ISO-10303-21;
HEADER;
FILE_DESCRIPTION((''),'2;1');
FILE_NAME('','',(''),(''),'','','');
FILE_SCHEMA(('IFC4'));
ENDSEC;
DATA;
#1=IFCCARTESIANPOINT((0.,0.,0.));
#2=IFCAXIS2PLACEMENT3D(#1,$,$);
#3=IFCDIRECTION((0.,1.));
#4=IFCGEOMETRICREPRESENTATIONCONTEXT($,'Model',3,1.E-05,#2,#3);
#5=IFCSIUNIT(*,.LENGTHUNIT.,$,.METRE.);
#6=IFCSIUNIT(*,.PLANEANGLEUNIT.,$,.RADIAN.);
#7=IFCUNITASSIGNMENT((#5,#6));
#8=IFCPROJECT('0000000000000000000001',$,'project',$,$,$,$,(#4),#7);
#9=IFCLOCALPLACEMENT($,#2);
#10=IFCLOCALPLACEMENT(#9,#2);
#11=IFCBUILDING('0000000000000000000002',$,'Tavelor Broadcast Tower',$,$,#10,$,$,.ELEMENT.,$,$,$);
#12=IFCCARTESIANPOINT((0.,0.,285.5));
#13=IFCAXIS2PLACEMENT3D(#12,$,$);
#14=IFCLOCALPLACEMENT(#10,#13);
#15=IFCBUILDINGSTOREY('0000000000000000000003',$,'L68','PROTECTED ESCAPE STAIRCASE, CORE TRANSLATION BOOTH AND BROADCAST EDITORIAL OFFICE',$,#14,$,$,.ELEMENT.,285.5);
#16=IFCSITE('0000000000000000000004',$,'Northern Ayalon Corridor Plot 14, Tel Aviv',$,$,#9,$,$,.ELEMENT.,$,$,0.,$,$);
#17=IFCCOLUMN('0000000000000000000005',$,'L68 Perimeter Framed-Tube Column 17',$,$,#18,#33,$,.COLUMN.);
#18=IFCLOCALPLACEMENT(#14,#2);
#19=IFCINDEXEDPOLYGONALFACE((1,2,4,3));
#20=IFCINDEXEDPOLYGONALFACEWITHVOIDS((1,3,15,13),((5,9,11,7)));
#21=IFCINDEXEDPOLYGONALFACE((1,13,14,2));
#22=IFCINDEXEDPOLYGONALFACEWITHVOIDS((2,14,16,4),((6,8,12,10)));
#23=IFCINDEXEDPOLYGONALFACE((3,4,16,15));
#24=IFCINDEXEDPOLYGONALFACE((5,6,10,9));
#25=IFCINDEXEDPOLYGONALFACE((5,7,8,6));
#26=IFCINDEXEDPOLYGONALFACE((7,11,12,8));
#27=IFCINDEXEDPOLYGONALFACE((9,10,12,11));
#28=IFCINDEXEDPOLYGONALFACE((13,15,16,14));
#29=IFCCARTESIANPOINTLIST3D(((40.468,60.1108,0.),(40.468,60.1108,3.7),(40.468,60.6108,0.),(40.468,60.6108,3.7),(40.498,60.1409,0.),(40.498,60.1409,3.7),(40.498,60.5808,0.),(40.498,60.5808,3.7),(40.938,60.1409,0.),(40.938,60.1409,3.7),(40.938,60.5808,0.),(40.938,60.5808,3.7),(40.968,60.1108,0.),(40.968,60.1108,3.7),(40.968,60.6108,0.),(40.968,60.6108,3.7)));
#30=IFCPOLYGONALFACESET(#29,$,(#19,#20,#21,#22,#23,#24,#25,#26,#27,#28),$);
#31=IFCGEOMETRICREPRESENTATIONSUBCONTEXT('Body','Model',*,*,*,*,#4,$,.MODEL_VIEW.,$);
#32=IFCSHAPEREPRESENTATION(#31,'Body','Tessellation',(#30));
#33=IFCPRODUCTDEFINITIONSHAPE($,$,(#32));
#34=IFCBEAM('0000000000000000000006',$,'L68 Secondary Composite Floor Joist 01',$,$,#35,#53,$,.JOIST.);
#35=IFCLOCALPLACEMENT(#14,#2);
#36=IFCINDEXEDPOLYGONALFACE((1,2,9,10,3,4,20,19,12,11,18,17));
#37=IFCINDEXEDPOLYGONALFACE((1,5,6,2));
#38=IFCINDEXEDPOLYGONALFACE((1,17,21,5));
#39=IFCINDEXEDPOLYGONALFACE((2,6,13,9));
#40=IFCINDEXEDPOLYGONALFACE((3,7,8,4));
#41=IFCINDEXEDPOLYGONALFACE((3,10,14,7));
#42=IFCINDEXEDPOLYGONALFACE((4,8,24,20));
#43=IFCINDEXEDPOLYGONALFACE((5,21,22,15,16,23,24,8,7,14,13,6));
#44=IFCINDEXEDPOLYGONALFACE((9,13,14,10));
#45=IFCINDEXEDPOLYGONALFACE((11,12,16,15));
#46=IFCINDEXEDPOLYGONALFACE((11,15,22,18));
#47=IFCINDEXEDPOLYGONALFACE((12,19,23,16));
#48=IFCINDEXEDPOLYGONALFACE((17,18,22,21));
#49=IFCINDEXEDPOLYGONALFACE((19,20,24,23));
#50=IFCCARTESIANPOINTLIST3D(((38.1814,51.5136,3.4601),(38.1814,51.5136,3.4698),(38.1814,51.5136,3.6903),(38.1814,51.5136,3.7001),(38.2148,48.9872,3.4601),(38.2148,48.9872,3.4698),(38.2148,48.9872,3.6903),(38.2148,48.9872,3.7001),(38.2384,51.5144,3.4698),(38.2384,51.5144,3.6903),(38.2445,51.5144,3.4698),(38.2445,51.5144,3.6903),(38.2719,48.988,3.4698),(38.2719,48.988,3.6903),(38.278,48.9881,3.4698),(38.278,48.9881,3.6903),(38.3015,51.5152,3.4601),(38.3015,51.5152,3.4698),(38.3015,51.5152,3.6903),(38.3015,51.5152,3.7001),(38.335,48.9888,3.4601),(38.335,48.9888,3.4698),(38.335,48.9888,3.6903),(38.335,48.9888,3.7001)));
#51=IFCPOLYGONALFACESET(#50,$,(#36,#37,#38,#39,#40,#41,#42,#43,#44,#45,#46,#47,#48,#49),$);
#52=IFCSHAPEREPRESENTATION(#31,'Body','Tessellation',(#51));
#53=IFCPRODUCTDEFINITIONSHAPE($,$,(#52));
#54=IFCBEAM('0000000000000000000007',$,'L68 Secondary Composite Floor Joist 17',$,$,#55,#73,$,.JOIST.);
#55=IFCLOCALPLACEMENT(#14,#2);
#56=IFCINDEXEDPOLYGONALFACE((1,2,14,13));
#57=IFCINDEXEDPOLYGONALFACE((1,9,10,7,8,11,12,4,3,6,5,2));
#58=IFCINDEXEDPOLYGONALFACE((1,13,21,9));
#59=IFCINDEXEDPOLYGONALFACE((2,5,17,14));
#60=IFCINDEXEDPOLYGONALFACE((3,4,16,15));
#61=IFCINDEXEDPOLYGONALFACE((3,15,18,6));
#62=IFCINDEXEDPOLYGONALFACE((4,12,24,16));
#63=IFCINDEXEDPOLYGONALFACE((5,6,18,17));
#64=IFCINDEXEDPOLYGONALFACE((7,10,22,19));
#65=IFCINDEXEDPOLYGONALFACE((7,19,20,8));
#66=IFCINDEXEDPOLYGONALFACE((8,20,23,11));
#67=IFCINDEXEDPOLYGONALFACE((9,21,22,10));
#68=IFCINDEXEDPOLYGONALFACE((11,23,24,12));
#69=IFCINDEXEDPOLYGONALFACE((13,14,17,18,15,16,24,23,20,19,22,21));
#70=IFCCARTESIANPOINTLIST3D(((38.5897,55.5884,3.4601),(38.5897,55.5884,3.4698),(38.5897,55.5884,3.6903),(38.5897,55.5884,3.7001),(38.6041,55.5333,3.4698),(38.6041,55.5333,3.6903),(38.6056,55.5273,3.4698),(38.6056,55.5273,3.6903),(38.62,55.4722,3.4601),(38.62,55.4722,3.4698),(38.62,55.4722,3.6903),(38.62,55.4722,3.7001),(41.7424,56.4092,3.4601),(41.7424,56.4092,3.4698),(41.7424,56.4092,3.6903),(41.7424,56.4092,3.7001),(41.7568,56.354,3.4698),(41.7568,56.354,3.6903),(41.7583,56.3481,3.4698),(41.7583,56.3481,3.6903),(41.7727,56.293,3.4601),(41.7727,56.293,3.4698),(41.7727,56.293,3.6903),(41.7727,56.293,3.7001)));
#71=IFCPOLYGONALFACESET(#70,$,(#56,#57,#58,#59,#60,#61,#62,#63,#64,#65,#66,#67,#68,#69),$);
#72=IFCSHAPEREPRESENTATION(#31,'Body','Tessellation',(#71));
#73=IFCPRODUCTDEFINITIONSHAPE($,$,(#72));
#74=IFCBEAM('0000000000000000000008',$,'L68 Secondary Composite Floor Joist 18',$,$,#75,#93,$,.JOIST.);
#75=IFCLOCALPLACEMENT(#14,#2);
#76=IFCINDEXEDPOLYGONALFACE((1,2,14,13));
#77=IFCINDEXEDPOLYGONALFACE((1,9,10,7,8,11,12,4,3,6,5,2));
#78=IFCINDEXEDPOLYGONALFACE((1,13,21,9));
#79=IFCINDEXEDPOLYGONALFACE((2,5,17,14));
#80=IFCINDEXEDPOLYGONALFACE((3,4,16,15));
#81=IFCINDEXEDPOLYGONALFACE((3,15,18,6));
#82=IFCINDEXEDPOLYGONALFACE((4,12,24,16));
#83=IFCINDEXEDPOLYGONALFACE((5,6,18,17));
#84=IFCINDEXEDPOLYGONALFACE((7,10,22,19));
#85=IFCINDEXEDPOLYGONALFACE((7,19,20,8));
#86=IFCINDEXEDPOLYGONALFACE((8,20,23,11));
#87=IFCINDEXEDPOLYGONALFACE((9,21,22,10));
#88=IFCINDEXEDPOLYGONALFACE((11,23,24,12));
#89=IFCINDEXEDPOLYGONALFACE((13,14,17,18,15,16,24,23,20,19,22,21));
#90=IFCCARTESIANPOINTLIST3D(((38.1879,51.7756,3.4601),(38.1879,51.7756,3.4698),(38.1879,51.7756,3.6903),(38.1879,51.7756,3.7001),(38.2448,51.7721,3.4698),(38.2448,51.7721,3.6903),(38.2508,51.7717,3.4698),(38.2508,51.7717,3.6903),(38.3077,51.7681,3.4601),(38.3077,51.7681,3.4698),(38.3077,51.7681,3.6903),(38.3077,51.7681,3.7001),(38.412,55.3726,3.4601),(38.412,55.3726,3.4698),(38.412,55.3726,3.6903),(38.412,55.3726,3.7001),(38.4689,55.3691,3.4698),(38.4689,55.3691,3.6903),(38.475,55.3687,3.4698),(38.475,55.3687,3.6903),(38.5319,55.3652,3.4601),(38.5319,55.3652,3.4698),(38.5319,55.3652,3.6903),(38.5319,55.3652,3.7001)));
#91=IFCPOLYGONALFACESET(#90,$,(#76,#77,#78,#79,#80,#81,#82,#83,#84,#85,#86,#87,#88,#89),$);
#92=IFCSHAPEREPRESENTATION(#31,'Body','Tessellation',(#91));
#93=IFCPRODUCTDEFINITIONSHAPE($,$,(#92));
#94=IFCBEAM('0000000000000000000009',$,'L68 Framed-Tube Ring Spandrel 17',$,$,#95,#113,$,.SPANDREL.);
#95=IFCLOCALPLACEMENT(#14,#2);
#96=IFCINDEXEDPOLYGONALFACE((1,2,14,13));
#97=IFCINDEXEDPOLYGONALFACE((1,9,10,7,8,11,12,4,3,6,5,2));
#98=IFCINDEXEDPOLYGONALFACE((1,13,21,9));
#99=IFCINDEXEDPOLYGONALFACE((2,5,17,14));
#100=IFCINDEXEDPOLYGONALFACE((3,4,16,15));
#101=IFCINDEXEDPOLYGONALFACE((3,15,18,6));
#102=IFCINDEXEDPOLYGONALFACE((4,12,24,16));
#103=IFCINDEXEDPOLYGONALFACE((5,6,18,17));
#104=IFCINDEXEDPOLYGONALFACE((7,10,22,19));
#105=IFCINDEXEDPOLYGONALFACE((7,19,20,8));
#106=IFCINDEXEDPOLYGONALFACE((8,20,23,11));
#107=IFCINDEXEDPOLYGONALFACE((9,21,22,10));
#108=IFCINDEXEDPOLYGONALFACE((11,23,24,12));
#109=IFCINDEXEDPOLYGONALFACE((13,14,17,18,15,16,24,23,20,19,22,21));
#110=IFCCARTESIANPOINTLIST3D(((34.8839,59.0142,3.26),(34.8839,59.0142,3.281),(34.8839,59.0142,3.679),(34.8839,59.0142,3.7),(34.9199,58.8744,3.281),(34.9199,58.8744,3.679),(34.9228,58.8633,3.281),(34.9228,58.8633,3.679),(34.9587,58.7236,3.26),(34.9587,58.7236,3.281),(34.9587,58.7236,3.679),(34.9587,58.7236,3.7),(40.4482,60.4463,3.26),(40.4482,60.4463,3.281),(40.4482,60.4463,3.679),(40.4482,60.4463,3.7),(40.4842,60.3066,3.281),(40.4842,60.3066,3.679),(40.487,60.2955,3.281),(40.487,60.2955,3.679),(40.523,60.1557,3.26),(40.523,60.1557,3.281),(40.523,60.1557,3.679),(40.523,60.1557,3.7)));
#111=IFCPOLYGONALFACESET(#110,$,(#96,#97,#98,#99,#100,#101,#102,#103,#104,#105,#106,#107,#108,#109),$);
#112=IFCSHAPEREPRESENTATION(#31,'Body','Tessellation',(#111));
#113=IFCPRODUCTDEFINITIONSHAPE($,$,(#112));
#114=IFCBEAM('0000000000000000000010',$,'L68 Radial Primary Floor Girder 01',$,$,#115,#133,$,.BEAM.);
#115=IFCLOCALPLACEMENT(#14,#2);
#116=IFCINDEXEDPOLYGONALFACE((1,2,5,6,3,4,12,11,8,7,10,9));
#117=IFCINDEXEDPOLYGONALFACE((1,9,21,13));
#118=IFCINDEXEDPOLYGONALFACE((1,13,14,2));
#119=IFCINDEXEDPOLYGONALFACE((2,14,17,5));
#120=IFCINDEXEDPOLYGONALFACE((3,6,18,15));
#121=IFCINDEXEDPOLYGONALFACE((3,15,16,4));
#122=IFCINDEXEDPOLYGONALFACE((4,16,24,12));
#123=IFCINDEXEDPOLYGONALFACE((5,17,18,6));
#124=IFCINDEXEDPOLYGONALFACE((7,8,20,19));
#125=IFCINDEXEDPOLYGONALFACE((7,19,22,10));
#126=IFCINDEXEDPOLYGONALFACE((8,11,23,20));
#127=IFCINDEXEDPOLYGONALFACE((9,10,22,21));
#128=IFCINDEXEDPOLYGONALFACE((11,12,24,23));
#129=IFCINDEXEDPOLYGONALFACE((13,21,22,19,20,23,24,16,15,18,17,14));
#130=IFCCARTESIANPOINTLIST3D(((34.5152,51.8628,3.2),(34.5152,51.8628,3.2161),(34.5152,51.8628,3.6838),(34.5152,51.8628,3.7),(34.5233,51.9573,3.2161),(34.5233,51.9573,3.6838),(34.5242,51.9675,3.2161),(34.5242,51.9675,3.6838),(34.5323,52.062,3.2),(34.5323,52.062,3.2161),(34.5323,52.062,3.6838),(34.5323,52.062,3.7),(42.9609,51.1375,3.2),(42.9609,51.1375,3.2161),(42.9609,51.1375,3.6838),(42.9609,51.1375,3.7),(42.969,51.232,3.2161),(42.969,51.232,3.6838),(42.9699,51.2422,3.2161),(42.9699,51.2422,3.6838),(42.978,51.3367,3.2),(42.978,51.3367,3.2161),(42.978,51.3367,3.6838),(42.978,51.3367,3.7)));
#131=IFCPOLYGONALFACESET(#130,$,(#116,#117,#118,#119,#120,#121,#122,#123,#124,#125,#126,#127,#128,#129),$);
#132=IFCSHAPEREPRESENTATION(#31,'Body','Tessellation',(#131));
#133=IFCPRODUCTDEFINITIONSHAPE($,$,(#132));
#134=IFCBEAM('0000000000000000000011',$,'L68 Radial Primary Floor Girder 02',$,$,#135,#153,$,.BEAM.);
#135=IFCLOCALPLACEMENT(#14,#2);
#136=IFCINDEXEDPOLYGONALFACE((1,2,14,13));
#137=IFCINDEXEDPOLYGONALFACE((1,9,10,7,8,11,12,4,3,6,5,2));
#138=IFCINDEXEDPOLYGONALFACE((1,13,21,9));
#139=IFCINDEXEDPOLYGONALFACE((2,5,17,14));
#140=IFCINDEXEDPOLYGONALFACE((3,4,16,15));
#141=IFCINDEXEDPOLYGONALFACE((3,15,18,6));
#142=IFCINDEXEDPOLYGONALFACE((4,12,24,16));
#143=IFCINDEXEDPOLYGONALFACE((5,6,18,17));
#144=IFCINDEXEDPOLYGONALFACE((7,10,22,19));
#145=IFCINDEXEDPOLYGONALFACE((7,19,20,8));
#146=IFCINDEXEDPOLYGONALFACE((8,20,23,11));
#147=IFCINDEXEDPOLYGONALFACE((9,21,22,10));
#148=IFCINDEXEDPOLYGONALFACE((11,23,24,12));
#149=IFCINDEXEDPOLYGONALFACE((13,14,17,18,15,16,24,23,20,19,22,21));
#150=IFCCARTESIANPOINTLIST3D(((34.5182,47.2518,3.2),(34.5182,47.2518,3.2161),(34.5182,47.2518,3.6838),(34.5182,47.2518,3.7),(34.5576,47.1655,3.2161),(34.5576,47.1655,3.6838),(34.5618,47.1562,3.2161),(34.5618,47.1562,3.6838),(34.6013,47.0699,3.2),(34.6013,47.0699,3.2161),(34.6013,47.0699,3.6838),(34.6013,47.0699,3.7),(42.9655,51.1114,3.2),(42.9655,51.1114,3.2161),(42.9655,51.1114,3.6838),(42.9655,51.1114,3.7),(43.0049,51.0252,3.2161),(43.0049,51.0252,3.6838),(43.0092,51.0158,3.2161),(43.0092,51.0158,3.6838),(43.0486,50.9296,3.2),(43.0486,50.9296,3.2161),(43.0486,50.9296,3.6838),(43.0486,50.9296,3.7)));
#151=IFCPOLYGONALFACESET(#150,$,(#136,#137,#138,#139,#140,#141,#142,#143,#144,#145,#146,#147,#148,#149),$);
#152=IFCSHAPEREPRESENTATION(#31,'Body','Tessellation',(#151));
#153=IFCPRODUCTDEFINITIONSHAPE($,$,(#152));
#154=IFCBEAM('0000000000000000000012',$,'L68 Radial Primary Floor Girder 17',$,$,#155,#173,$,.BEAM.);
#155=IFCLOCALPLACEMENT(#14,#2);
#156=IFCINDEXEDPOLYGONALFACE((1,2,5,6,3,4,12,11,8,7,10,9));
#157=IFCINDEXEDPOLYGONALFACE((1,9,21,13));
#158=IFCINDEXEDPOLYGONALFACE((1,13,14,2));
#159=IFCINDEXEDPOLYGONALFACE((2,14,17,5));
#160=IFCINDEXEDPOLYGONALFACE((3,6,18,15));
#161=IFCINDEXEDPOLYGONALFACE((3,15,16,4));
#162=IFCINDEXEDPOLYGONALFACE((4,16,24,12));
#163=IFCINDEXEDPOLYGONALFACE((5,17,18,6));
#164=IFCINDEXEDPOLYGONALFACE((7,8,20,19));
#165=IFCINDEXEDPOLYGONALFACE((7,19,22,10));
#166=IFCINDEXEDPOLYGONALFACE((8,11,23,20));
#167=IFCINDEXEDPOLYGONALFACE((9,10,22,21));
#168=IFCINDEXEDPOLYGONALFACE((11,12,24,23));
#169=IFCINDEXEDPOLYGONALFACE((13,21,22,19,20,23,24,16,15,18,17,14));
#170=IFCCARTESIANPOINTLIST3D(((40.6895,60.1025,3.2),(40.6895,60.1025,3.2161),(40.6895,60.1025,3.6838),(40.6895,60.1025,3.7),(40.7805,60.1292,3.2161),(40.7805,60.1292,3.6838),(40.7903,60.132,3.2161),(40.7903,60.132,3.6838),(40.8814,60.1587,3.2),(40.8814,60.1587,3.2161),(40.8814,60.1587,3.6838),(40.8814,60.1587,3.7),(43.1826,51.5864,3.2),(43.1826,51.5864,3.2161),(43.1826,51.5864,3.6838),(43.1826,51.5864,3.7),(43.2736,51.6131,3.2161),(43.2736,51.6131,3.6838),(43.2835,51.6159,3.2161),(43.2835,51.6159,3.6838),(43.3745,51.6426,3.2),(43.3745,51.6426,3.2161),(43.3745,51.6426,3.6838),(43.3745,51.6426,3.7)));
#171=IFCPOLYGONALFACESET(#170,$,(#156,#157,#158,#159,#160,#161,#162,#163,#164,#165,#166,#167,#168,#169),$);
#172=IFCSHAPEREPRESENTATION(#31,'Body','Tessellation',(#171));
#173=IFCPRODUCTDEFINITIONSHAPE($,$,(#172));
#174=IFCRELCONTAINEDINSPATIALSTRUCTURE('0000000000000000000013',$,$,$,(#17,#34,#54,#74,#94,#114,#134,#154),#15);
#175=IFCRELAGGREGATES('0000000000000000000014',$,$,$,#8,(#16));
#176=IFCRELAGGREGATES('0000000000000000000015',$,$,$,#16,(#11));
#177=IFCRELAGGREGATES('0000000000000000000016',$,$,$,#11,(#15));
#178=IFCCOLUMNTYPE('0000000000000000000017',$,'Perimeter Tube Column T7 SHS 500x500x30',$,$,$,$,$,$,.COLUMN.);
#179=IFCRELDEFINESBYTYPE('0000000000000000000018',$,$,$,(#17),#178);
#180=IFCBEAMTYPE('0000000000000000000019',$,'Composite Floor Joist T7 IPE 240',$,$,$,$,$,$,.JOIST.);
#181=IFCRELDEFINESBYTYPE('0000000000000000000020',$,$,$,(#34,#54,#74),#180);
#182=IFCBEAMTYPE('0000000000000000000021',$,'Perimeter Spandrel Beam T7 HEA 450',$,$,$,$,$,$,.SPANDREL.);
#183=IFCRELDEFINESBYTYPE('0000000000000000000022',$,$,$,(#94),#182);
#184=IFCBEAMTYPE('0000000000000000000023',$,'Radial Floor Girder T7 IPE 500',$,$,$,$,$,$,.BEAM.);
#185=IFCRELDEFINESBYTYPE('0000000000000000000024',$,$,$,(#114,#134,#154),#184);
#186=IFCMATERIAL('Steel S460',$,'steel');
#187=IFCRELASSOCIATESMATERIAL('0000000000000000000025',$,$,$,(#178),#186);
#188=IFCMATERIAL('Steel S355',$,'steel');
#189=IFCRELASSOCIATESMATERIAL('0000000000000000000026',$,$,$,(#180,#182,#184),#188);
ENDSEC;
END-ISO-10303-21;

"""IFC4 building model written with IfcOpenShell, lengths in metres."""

from ifc_helpers import new_model, si_unit, direction, frame, origin, origin_2d, place, context, subcontext, project, spatial, hollow_rectangle, i_section, extrude, material, material_profile, profile_set, type_object, element, save


model = new_model("IFC4")

# Units and contexts
model_context = context("Model", 3, precision=1e-05, world=origin(), true_north=direction((0.0, 1.0)))
body_context = subcontext(model_context, "Body", "Model", "MODEL_VIEW")
ifc_project = project(units=[si_unit("LENGTHUNIT", "METRE"), si_unit("PLANEANGLEUNIT", "RADIAN")], contexts=[model_context])

# Site, building, storey
site_placement = place(None, origin())
site = spatial("IfcSite", under=ifc_project, at=site_placement, Name="Northern Ayalon Corridor Plot 14, Tel Aviv", CompositionType="ELEMENT", RefElevation=0.0)
building_placement = place(site_placement, origin())
building = spatial("IfcBuilding", under=site, at=building_placement, Name="Tavelor Broadcast Tower", CompositionType="ELEMENT")
storey_placement = place(building_placement, frame((0.0, 0.0, 285.5)))
storey = spatial("IfcBuildingStorey", under=building, at=storey_placement, Name="L68", Description="PROTECTED ESCAPE STAIRCASE, CORE TRANSLATION BOOTH AND BROADCAST EDITORIAL OFFICE", CompositionType="ELEMENT", Elevation=285.5)

# Column
ifc_material_1 = material(Name="Steel S460", Category="steel")
ifc_material_profile_1 = material_profile(ifc_material_1, hollow_rectangle(XDim=0.5, YDim=0.5, WallThickness=0.03, at=origin_2d()), Name="SHS 500x500x30")
ifc_profile_set_1 = profile_set([ifc_material_profile_1], Name="Steel S460")
column_type = type_object("IfcColumnType", Name="Perimeter Tube Column T7 SHS 500x500x30", PredefinedType="COLUMN", material=ifc_profile_set_1)
column_placement = place(storey_placement, frame((40.718, 60.3608, 0.0), z_axis=(0.0, 0.0, 1.0), x_axis=(1.0, 0.0, 0.0)))
element("IfcColumn", 1, at=column_placement, inside=storey, type_object=column_type, Name="L68 Perimeter Framed-Tube Column 17", PredefinedType="COLUMN", context=body_context, shape_type="SweptSolid", body=[
    extrude(hollow_rectangle(XDim=0.5, YDim=0.5, WallThickness=0.03, at=origin_2d()), origin(), (0.0, 0.0, 1.0), 3.7),
])

# Beams
ifc_material_2 = material(Name="Steel S355", Category="steel")
ifc_material_profile_2 = material_profile(ifc_material_2, i_section(OverallWidth=0.1201, OverallDepth=0.24, WebThickness=0.0061, FlangeThickness=0.0098, at=origin_2d()), Name="IPE 240")
ifc_profile_set_2 = profile_set([ifc_material_profile_2], Name="Steel S355")
beam_type_1 = type_object("IfcBeamType", Name="Composite Floor Joist T7 IPE 240", PredefinedType="JOIST", material=ifc_profile_set_2)
beam_1_placement = place(storey_placement, frame((38.2415, 51.5144, 3.5801), z_axis=(0.013238, -0.999912, 0.0), x_axis=(0.999912, 0.013238, 0.0)))
element("IfcBeam", 2, at=beam_1_placement, inside=storey, type_object=beam_type_1, Name="L68 Secondary Composite Floor Joist 01", PredefinedType="JOIST", context=body_context, shape_type="SweptSolid", body=[
    extrude(i_section(OverallWidth=0.1201, OverallDepth=0.24, WebThickness=0.0061, FlangeThickness=0.0098, at=origin_2d()), origin(), (0.0, 0.0, 1.0), 2.5266),
])
beam_2_placement = place(storey_placement, frame((41.7576, 56.3511, 3.5801), z_axis=(-0.967743, -0.25194, 0.0), x_axis=(0.25194, -0.967743, 0.0)))
element("IfcBeam", 3, at=beam_2_placement, inside=storey, type_object=beam_type_1, Name="L68 Secondary Composite Floor Joist 17", PredefinedType="JOIST", context=body_context, shape_type="SweptSolid", body=[
    extrude(i_section(OverallWidth=0.1201, OverallDepth=0.24, WebThickness=0.0061, FlangeThickness=0.0098, at=origin_2d()), origin(), (0.0, 0.0, 1.0), 3.2578),
])
beam_3_placement = place(storey_placement, frame((38.4719, 55.3689, 3.5801), z_axis=(-0.062188, -0.998064, 0.0), x_axis=(0.998064, -0.062188, 0.0)))
element("IfcBeam", 4, at=beam_3_placement, inside=storey, type_object=beam_type_1, Name="L68 Secondary Composite Floor Joist 18", PredefinedType="JOIST", context=body_context, shape_type="SweptSolid", body=[
    extrude(i_section(OverallWidth=0.1201, OverallDepth=0.24, WebThickness=0.0061, FlangeThickness=0.0098, at=origin_2d()), origin(), (0.0, 0.0, 1.0), 3.604),
])
ifc_material_profile_3 = material_profile(ifc_material_2, i_section(OverallWidth=0.3, OverallDepth=0.4399, WebThickness=0.0115, FlangeThickness=0.021, at=origin_2d()), Name="HEA 450")
ifc_profile_set_3 = profile_set([ifc_material_profile_3], Name="Steel S355")
beam_type_2 = type_object("IfcBeamType", Name="Perimeter Spandrel Beam T7 HEA 450", PredefinedType="SPANDREL", material=ifc_profile_set_3)
beam_4_placement = place(storey_placement, frame((40.4856, 60.301, 3.48), z_axis=(-0.968437, -0.249259, 0.0), x_axis=(0.249259, -0.968437, 0.0)))
element("IfcBeam", 5, at=beam_4_placement, inside=storey, type_object=beam_type_2, Name="L68 Framed-Tube Ring Spandrel 17", PredefinedType="SPANDREL", context=body_context, shape_type="SweptSolid", body=[
    extrude(i_section(OverallWidth=0.3, OverallDepth=0.4399, WebThickness=0.0115, FlangeThickness=0.021, at=origin_2d()), origin(), (0.0, 0.0, 1.0), 5.7456),
])
ifc_material_profile_4 = material_profile(ifc_material_2, i_section(OverallWidth=0.2, OverallDepth=0.5, WebThickness=0.0103, FlangeThickness=0.0161, at=origin_2d()), Name="IPE 500")
ifc_profile_set_4 = profile_set([ifc_material_profile_4], Name="Steel S355")
beam_type_3 = type_object("IfcBeamType", Name="Radial Floor Girder T7 IPE 500", PredefinedType="BEAM", material=ifc_profile_set_4)
beam_5_placement = place(storey_placement, frame((42.9695, 51.2371, 3.45), z_axis=(-0.996332, 0.085567, 0.0), x_axis=(-0.085567, -0.996332, 0.0)))
element("IfcBeam", 6, at=beam_5_placement, inside=storey, type_object=beam_type_3, Name="L68 Radial Primary Floor Girder 01", PredefinedType="BEAM", context=body_context, shape_type="SweptSolid", body=[
    extrude(i_section(OverallWidth=0.2, OverallDepth=0.5, WebThickness=0.0103, FlangeThickness=0.0161, at=origin_2d()), origin(), (0.0, 0.0, 1.0), 8.4768),
])
beam_6_placement = place(storey_placement, frame((43.0071, 51.0205, 3.45), z_axis=(-0.909555, -0.415583, 0.0), x_axis=(0.415583, -0.909555, 0.0)))
element("IfcBeam", 7, at=beam_6_placement, inside=storey, type_object=beam_type_3, Name="L68 Radial Primary Floor Girder 02", PredefinedType="BEAM", context=body_context, shape_type="SweptSolid", body=[
    extrude(i_section(OverallWidth=0.2, OverallDepth=0.5, WebThickness=0.0103, FlangeThickness=0.0161, at=origin_2d()), origin(), (0.0, 0.0, 1.0), 9.2874),
])
beam_7_placement = place(storey_placement, frame((43.2786, 51.6145, 3.45), z_axis=(-0.280966, 0.959718, 0.0), x_axis=(-0.959718, -0.280966, 0.0)))
element("IfcBeam", 8, at=beam_7_placement, inside=storey, type_object=beam_type_3, Name="L68 Radial Primary Floor Girder 17", PredefinedType="BEAM", context=body_context, shape_type="SweptSolid", body=[
    extrude(i_section(OverallWidth=0.2, OverallDepth=0.5, WebThickness=0.0103, FlangeThickness=0.0161, at=origin_2d()), origin(), (0.0, 0.0, 1.0), 8.8735),
])

save(model, "model.ifc")
